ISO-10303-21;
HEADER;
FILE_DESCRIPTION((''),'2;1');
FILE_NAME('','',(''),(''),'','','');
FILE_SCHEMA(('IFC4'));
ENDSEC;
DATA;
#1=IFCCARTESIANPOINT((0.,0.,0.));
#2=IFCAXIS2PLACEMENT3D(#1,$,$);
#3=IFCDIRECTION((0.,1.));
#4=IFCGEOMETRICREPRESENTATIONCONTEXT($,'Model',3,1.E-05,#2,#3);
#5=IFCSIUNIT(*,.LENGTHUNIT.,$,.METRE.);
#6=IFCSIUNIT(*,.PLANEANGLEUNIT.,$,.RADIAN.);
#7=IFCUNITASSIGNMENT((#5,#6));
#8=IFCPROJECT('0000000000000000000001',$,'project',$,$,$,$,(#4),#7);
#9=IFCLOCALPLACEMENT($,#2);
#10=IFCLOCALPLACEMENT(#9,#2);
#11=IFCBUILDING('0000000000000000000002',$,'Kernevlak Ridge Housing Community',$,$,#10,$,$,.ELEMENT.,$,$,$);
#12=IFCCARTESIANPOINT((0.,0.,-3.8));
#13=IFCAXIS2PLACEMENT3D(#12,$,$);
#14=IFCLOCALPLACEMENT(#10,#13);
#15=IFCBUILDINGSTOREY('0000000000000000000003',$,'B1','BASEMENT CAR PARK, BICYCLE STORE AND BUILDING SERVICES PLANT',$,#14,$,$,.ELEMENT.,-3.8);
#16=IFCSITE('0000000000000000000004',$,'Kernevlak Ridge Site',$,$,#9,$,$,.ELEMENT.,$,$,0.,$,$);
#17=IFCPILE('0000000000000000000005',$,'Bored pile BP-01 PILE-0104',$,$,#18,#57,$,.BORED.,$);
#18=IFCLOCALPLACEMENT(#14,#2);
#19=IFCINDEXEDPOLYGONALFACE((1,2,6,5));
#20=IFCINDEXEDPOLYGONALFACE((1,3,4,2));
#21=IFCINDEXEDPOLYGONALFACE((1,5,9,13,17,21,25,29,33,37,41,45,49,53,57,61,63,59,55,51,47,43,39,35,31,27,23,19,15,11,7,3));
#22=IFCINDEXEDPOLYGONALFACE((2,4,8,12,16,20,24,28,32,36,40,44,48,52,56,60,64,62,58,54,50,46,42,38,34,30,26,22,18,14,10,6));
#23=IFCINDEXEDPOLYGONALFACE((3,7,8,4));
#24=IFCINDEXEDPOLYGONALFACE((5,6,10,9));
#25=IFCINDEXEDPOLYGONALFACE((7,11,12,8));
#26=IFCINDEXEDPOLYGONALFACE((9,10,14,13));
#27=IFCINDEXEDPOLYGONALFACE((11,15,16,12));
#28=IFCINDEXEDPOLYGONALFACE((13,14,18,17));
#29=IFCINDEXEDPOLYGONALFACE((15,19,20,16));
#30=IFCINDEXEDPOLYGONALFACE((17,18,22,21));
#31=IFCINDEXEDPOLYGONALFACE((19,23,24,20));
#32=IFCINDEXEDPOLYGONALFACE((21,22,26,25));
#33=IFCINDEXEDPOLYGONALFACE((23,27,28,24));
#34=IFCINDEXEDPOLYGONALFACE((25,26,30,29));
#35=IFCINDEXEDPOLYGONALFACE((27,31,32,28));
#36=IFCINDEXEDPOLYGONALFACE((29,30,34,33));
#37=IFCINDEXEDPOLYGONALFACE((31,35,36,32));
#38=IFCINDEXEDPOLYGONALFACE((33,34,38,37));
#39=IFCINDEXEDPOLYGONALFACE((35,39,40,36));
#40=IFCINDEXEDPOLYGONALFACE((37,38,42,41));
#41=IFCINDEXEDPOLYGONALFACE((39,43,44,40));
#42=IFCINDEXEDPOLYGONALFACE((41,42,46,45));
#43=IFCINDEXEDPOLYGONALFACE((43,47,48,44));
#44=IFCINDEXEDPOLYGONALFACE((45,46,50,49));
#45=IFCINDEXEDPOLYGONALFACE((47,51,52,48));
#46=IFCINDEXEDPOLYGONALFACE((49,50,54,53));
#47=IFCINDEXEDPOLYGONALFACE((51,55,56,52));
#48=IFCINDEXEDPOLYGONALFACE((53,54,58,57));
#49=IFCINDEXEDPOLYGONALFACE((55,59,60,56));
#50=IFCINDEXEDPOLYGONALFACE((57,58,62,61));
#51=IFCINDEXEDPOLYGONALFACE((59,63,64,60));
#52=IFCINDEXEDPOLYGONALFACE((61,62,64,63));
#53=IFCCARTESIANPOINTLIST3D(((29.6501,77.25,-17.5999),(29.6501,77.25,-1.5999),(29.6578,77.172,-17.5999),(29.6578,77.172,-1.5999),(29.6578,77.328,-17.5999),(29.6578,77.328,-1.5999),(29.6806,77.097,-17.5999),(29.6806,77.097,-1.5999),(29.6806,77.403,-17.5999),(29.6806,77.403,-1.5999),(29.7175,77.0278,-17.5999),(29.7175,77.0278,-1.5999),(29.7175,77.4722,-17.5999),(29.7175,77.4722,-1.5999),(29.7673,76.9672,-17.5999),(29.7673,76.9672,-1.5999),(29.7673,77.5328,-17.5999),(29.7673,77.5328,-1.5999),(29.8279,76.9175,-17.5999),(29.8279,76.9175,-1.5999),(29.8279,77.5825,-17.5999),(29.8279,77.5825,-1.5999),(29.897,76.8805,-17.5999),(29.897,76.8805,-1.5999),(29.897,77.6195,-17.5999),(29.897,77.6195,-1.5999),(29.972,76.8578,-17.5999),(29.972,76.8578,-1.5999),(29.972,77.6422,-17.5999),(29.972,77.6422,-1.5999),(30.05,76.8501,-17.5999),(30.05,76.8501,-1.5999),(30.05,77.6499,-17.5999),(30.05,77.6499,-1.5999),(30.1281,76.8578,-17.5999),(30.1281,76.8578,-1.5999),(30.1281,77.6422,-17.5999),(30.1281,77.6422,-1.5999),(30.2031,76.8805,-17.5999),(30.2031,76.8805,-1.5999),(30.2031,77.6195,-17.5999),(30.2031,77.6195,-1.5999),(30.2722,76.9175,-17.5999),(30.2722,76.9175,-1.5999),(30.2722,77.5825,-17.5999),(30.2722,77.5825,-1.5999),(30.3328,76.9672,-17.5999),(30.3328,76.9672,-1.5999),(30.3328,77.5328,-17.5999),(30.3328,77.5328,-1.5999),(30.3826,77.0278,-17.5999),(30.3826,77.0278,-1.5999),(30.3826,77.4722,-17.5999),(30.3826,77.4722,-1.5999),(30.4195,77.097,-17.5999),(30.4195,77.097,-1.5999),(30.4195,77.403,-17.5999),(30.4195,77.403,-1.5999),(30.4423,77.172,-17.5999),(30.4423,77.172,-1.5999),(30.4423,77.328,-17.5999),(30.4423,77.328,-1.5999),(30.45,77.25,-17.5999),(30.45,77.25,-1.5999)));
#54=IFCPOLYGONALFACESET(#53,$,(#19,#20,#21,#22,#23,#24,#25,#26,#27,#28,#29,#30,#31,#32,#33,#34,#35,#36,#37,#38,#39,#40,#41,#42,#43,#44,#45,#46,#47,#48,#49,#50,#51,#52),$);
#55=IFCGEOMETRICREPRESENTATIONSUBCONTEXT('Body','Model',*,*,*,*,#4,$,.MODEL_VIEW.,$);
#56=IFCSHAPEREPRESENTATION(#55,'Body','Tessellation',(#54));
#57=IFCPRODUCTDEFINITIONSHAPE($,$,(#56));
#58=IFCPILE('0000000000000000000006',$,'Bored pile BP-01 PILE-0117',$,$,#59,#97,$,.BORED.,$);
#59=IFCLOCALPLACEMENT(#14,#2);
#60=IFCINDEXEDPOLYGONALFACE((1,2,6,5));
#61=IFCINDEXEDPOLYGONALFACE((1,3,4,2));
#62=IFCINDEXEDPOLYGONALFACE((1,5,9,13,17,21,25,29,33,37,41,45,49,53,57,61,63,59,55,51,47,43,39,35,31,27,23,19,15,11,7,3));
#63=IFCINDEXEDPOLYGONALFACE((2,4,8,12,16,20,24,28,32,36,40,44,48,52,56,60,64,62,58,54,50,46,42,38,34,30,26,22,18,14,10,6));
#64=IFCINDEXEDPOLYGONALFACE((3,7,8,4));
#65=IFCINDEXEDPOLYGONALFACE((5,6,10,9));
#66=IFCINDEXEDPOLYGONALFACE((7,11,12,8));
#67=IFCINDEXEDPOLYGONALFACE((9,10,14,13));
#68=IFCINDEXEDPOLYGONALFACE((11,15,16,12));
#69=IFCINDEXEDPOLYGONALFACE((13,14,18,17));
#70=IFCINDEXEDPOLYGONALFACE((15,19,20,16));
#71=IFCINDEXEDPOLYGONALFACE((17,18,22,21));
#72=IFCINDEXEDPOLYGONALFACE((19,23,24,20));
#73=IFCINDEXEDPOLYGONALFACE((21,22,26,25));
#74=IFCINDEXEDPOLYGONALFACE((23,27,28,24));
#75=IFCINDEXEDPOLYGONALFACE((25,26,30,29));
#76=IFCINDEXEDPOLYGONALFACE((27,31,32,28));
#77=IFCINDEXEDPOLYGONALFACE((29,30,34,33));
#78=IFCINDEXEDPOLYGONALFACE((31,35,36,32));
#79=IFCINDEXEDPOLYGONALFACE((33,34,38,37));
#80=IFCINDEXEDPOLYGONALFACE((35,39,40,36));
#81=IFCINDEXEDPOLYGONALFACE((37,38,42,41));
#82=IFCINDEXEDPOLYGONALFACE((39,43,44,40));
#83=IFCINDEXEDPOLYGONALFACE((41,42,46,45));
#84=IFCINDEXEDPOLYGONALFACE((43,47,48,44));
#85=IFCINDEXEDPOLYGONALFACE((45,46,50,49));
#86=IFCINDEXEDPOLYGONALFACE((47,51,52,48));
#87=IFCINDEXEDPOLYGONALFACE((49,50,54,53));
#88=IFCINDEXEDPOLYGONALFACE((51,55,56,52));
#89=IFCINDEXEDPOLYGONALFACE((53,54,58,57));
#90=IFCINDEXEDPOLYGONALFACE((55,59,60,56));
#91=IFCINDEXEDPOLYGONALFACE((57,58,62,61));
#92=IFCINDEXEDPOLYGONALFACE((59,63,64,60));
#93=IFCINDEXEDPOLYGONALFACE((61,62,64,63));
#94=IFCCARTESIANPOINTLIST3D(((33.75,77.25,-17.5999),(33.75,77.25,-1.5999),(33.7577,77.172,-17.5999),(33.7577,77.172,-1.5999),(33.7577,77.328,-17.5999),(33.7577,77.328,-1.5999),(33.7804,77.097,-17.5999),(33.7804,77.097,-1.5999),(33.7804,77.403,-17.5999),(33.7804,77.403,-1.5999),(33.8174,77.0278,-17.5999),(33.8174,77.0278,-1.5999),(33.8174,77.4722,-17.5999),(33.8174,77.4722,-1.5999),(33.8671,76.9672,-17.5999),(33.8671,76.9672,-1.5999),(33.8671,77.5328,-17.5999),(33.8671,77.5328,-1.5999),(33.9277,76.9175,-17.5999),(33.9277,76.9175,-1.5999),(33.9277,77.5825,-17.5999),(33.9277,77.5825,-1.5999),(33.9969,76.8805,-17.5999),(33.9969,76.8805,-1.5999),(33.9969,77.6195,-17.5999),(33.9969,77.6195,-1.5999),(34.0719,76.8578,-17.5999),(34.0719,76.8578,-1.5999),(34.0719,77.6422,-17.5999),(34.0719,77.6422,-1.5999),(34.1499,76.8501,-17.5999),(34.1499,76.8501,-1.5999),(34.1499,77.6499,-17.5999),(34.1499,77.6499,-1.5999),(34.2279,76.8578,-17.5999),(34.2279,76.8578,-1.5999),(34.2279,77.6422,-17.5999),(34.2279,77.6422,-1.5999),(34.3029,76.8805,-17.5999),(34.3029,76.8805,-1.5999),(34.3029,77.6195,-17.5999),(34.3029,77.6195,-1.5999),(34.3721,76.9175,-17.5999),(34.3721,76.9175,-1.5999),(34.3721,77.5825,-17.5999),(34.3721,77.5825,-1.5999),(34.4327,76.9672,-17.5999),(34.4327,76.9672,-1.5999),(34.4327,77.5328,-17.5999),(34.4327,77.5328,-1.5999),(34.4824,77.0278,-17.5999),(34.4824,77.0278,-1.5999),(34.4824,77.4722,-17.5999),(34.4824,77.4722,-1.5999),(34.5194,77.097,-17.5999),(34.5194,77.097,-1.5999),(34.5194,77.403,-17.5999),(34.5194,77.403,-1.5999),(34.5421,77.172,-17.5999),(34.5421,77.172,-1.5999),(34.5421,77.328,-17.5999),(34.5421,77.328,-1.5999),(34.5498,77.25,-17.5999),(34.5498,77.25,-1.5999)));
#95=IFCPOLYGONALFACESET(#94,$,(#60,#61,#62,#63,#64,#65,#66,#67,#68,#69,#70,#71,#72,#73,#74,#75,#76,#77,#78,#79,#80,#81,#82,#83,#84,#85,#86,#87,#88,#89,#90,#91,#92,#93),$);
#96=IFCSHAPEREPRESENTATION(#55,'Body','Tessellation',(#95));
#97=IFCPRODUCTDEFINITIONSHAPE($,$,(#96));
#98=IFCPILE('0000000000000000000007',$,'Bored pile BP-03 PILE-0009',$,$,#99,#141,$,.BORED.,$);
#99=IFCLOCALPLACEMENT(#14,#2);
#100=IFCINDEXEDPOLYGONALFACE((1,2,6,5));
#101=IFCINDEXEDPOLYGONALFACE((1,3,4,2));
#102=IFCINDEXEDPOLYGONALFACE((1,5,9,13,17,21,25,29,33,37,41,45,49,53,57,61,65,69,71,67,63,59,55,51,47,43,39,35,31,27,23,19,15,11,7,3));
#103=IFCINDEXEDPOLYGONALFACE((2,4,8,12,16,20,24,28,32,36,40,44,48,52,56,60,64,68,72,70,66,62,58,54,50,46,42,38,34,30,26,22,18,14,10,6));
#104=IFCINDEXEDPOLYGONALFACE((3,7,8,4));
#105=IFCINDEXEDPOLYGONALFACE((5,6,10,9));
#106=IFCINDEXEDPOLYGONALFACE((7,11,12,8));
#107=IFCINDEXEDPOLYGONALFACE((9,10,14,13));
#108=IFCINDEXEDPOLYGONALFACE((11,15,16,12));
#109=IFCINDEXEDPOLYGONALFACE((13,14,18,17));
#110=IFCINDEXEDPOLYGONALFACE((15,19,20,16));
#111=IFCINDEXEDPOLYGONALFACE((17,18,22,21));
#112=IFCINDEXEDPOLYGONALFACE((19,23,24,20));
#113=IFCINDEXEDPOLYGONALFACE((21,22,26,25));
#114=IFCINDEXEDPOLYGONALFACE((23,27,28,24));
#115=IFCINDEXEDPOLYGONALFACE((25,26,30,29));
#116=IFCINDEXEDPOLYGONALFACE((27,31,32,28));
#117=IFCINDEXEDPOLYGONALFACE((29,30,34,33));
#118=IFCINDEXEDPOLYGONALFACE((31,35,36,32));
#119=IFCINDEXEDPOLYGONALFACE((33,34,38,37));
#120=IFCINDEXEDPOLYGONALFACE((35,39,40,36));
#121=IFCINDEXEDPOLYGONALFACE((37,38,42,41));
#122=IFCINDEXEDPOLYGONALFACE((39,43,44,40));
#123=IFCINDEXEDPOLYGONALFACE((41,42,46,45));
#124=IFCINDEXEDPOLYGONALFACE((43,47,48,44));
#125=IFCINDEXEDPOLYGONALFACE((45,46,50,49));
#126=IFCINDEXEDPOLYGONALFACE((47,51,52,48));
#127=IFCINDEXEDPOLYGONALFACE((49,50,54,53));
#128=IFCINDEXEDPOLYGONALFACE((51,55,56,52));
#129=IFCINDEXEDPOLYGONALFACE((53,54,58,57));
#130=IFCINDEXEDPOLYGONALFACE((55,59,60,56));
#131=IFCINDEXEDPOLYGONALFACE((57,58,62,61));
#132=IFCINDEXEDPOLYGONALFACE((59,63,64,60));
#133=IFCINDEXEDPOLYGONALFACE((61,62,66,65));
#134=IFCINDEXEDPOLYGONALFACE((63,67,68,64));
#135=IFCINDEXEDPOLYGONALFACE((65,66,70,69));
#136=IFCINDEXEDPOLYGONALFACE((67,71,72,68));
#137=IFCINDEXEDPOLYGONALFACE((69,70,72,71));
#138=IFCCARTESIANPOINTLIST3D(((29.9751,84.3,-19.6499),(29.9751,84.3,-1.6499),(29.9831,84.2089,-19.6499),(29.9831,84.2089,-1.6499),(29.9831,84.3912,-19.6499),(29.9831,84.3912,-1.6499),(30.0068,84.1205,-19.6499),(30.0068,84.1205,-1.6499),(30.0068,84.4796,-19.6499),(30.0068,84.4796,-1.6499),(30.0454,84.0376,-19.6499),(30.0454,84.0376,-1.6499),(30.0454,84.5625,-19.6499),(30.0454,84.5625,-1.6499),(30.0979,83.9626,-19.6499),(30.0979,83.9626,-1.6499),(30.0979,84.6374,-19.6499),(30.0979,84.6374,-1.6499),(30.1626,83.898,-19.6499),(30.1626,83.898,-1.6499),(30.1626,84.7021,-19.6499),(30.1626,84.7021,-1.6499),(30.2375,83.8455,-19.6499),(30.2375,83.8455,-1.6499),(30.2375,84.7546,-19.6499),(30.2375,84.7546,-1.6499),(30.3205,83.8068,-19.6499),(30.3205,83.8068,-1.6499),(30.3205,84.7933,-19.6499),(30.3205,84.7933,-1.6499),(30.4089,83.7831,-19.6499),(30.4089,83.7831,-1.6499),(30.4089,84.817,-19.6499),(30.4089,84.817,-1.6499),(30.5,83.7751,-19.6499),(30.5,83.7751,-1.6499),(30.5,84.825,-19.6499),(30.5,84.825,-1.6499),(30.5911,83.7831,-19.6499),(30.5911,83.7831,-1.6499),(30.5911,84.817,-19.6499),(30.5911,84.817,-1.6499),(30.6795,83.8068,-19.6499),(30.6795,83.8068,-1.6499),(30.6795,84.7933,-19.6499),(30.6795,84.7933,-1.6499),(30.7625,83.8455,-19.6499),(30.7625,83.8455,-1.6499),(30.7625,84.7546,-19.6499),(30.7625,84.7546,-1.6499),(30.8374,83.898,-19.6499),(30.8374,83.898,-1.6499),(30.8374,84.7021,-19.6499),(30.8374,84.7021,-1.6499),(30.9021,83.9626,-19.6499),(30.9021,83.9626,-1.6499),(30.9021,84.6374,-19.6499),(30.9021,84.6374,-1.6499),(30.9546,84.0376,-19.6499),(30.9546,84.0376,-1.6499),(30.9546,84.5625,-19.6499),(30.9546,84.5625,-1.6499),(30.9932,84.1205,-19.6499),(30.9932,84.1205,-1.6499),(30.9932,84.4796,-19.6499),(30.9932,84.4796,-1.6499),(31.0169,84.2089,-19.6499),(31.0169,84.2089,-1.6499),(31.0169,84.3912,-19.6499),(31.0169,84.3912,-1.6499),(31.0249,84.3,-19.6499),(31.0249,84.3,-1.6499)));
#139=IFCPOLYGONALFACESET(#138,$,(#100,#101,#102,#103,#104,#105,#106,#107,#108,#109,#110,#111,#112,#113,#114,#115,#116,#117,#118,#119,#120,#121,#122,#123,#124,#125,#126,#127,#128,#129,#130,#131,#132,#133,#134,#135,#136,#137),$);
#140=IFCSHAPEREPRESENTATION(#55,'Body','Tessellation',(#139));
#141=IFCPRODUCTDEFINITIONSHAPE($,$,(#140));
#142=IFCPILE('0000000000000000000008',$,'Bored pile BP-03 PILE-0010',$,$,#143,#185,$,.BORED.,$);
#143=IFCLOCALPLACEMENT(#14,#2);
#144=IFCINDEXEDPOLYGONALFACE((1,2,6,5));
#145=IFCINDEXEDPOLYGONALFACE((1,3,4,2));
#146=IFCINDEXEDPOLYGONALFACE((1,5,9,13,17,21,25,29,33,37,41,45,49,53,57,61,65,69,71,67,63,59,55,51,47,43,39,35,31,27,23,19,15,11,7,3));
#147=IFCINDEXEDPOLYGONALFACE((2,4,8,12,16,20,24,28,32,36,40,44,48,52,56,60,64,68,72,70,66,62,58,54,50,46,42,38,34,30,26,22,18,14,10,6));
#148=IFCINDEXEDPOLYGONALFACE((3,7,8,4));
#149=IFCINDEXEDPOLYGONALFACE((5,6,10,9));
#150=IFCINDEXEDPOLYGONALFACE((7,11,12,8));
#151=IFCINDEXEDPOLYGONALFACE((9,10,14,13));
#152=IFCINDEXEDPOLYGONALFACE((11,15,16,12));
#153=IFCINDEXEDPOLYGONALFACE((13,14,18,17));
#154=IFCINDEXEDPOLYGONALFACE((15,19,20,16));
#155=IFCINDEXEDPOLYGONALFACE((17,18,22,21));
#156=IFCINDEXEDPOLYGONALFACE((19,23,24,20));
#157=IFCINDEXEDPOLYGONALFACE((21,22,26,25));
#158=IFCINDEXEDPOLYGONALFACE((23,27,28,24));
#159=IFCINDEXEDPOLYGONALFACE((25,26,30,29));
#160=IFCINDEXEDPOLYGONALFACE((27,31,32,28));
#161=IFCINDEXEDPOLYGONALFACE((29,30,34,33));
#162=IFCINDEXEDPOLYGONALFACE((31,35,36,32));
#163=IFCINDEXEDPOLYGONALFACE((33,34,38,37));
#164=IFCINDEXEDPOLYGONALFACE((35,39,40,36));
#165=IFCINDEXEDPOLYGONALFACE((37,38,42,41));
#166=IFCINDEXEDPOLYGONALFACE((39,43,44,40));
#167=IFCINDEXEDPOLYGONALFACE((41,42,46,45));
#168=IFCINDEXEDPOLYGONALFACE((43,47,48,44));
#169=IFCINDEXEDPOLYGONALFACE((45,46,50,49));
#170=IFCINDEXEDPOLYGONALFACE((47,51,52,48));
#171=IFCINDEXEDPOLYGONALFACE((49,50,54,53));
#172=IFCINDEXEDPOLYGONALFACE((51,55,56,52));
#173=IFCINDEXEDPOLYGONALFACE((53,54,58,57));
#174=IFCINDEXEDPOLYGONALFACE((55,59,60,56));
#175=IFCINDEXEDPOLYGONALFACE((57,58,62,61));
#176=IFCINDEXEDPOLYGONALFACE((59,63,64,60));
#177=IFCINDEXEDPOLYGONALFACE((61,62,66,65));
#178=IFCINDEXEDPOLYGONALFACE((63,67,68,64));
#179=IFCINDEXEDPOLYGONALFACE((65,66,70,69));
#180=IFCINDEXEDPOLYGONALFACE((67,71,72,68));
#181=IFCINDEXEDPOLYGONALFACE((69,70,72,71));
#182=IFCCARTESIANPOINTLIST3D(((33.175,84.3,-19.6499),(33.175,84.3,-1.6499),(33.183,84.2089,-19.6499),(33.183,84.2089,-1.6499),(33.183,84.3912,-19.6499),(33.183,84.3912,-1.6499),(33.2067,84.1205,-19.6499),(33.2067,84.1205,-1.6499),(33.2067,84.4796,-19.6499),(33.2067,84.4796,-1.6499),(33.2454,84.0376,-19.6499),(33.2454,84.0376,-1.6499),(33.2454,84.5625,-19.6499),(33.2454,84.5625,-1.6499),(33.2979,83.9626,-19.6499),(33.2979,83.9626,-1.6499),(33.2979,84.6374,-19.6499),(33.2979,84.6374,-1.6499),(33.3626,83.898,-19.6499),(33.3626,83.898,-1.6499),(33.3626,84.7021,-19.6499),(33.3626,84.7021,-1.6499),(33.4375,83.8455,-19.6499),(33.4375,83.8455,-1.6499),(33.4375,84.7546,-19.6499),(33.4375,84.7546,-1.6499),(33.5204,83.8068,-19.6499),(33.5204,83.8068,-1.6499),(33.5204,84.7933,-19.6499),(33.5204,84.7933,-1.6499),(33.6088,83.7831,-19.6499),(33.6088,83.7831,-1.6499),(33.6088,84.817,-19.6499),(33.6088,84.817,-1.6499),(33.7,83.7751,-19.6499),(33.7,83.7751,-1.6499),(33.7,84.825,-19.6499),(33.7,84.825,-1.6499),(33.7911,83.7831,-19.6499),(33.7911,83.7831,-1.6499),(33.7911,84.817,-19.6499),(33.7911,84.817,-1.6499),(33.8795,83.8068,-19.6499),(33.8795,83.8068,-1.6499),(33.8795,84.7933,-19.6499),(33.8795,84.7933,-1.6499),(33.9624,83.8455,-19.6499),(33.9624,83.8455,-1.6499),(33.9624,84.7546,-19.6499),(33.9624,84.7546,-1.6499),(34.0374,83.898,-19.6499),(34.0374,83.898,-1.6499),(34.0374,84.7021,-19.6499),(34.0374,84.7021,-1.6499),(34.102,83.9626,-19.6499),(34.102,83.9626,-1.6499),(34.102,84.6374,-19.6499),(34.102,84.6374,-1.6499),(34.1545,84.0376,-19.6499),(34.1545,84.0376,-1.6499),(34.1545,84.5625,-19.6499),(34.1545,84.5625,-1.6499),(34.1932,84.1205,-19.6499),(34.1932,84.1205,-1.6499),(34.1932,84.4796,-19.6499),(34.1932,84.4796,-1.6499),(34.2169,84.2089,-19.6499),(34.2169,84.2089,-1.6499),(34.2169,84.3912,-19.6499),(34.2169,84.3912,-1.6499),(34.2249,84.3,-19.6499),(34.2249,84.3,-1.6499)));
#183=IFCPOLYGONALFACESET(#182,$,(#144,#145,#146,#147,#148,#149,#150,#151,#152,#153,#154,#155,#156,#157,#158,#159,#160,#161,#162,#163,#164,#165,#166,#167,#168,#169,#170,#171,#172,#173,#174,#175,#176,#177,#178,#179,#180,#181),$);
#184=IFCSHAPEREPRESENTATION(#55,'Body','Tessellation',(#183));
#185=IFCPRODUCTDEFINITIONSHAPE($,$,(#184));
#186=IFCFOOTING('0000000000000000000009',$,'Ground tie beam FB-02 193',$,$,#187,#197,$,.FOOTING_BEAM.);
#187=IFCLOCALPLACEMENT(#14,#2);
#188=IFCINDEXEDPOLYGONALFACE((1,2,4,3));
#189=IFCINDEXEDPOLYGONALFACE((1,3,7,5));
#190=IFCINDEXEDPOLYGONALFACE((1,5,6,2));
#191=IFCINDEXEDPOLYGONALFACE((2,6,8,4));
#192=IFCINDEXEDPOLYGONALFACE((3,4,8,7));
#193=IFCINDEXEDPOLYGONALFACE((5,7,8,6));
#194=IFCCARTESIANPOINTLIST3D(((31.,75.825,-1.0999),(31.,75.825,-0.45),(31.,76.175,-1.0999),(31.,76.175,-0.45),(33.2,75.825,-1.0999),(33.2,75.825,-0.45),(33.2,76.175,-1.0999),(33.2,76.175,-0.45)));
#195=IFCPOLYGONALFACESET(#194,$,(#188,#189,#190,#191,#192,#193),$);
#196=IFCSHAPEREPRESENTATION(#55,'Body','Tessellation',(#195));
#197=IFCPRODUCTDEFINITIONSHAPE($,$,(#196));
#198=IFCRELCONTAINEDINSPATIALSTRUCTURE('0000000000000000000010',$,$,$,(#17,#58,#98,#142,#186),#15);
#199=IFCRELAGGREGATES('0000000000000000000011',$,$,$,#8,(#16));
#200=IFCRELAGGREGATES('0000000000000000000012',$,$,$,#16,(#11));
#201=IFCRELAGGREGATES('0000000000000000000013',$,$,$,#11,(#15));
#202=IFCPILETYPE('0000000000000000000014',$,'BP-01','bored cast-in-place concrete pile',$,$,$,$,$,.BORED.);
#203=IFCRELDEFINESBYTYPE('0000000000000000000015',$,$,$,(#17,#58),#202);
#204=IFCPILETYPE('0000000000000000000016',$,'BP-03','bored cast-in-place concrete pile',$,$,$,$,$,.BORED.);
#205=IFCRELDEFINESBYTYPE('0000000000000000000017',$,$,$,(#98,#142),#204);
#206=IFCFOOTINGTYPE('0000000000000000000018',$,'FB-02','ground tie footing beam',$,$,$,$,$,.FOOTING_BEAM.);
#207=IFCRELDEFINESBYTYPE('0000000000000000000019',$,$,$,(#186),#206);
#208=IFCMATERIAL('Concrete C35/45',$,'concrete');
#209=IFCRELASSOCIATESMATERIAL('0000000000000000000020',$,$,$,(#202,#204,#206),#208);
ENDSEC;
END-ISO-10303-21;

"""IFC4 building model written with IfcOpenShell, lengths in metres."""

from ifc_helpers import new_model, si_unit, direction, frame, origin, origin_2d, place, context, subcontext, project, spatial, rectangle, circle, extrude, material, material_profile, profile_set, type_object, element, save


model = new_model("IFC4")

# Units and contexts
model_context = context("Model", 3, precision=1e-05, world=origin(), true_north=direction((0.0, 1.0)))
body_context = subcontext(model_context, "Body", "Model", "MODEL_VIEW")
ifc_project = project(units=[si_unit("LENGTHUNIT", "METRE"), si_unit("PLANEANGLEUNIT", "RADIAN")], contexts=[model_context])

# Site, building, storey
site_placement = place(None, origin())
site = spatial("IfcSite", under=ifc_project, at=site_placement, Name="Kernevlak Ridge Site", CompositionType="ELEMENT", RefElevation=0.0)
building_placement = place(site_placement, origin())
building = spatial("IfcBuilding", under=site, at=building_placement, Name="Kernevlak Ridge Housing Community", CompositionType="ELEMENT")
storey_placement = place(building_placement, frame((0.0, 0.0, -3.8)))
storey = spatial("IfcBuildingStorey", under=building, at=storey_placement, Name="B1", Description="BASEMENT CAR PARK, BICYCLE STORE AND BUILDING SERVICES PLANT", CompositionType="ELEMENT", Elevation=-3.8)

# Piles
ifc_material_1 = material(Name="Concrete C35/45", Category="concrete")
ifc_material_profile_1 = material_profile(ifc_material_1, circle(Radius=0.3999, at=origin_2d()), Name="BORED PILE 800")
ifc_profile_set_1 = profile_set([ifc_material_profile_1], Name="Concrete C35/45")
pile_type_1 = type_object("IfcPileType", Name="BP-01", Description="bored cast-in-place concrete pile", PredefinedType="BORED", material=ifc_profile_set_1)
for number, where, z_axis, x_axis, name in (
    (1, (30.05, 77.25, -1.5999), (0.0, 0.0, -1.0), (1.0, 0.0, 0.0), "Bored pile BP-01 PILE-0104"),
    (2, (34.1499, 77.25, -1.5999), (0.0, 0.0, -1.0), (1.0, 0.0, 0.0), "Bored pile BP-01 PILE-0117"),
):
    element("IfcPile", number, at=place(storey_placement, frame(where, z_axis=z_axis, x_axis=x_axis)), inside=storey, type_object=pile_type_1, Name=name, PredefinedType="BORED", context=body_context, shape_type="SweptSolid", body=[
        extrude(circle(Radius=0.3999, at=origin_2d()), origin(), (0.0, 0.0, 1.0), 16.0),
    ])
ifc_material_profile_2 = material_profile(ifc_material_1, circle(Radius=0.5249, at=origin_2d()), Name="BORED PILE 1050")
ifc_profile_set_2 = profile_set([ifc_material_profile_2], Name="Concrete C35/45")
pile_type_2 = type_object("IfcPileType", Name="BP-03", Description="bored cast-in-place concrete pile", PredefinedType="BORED", material=ifc_profile_set_2)
for number, where, z_axis, x_axis, name in (
    (3, (30.5, 84.3, -1.6499), (0.0, 0.0, -1.0), (1.0, 0.0, 0.0), "Bored pile BP-03 PILE-0009"),
    (4, (33.7, 84.3, -1.6499), (0.0, 0.0, -1.0), (1.0, 0.0, 0.0), "Bored pile BP-03 PILE-0010"),
):
    element("IfcPile", number, at=place(storey_placement, frame(where, z_axis=z_axis, x_axis=x_axis)), inside=storey, type_object=pile_type_2, Name=name, PredefinedType="BORED", context=body_context, shape_type="SweptSolid", body=[
        extrude(circle(Radius=0.5249, at=origin_2d()), origin(), (0.0, 0.0, 1.0), 18.0),
    ])

# Footing
ifc_material_profile_3 = material_profile(ifc_material_1, rectangle(XDim=0.3501, YDim=0.6499, at=origin_2d()), Name="RC 350x650")
ifc_profile_set_3 = profile_set([ifc_material_profile_3], Name="Concrete C35/45")
footing_type_1 = type_object("IfcFootingType", Name="FB-02", Description="ground tie footing beam", PredefinedType="FOOTING_BEAM", material=ifc_profile_set_3)
footing_1_placement = place(storey_placement, frame((31.0, 76.0, -0.7749), z_axis=(1.0, 0.0, 0.0), x_axis=(0.0, 1.0, 0.0)))
element("IfcFooting", 5, at=footing_1_placement, inside=storey, type_object=footing_type_1, Name="Ground tie beam FB-02 193", PredefinedType="FOOTING_BEAM", context=body_context, shape_type="SweptSolid", body=[
    extrude(rectangle(XDim=0.3501, YDim=0.6499, at=origin_2d()), origin(), (0.0, 0.0, 1.0), 2.2),
])

save(model, "model.ifc")
